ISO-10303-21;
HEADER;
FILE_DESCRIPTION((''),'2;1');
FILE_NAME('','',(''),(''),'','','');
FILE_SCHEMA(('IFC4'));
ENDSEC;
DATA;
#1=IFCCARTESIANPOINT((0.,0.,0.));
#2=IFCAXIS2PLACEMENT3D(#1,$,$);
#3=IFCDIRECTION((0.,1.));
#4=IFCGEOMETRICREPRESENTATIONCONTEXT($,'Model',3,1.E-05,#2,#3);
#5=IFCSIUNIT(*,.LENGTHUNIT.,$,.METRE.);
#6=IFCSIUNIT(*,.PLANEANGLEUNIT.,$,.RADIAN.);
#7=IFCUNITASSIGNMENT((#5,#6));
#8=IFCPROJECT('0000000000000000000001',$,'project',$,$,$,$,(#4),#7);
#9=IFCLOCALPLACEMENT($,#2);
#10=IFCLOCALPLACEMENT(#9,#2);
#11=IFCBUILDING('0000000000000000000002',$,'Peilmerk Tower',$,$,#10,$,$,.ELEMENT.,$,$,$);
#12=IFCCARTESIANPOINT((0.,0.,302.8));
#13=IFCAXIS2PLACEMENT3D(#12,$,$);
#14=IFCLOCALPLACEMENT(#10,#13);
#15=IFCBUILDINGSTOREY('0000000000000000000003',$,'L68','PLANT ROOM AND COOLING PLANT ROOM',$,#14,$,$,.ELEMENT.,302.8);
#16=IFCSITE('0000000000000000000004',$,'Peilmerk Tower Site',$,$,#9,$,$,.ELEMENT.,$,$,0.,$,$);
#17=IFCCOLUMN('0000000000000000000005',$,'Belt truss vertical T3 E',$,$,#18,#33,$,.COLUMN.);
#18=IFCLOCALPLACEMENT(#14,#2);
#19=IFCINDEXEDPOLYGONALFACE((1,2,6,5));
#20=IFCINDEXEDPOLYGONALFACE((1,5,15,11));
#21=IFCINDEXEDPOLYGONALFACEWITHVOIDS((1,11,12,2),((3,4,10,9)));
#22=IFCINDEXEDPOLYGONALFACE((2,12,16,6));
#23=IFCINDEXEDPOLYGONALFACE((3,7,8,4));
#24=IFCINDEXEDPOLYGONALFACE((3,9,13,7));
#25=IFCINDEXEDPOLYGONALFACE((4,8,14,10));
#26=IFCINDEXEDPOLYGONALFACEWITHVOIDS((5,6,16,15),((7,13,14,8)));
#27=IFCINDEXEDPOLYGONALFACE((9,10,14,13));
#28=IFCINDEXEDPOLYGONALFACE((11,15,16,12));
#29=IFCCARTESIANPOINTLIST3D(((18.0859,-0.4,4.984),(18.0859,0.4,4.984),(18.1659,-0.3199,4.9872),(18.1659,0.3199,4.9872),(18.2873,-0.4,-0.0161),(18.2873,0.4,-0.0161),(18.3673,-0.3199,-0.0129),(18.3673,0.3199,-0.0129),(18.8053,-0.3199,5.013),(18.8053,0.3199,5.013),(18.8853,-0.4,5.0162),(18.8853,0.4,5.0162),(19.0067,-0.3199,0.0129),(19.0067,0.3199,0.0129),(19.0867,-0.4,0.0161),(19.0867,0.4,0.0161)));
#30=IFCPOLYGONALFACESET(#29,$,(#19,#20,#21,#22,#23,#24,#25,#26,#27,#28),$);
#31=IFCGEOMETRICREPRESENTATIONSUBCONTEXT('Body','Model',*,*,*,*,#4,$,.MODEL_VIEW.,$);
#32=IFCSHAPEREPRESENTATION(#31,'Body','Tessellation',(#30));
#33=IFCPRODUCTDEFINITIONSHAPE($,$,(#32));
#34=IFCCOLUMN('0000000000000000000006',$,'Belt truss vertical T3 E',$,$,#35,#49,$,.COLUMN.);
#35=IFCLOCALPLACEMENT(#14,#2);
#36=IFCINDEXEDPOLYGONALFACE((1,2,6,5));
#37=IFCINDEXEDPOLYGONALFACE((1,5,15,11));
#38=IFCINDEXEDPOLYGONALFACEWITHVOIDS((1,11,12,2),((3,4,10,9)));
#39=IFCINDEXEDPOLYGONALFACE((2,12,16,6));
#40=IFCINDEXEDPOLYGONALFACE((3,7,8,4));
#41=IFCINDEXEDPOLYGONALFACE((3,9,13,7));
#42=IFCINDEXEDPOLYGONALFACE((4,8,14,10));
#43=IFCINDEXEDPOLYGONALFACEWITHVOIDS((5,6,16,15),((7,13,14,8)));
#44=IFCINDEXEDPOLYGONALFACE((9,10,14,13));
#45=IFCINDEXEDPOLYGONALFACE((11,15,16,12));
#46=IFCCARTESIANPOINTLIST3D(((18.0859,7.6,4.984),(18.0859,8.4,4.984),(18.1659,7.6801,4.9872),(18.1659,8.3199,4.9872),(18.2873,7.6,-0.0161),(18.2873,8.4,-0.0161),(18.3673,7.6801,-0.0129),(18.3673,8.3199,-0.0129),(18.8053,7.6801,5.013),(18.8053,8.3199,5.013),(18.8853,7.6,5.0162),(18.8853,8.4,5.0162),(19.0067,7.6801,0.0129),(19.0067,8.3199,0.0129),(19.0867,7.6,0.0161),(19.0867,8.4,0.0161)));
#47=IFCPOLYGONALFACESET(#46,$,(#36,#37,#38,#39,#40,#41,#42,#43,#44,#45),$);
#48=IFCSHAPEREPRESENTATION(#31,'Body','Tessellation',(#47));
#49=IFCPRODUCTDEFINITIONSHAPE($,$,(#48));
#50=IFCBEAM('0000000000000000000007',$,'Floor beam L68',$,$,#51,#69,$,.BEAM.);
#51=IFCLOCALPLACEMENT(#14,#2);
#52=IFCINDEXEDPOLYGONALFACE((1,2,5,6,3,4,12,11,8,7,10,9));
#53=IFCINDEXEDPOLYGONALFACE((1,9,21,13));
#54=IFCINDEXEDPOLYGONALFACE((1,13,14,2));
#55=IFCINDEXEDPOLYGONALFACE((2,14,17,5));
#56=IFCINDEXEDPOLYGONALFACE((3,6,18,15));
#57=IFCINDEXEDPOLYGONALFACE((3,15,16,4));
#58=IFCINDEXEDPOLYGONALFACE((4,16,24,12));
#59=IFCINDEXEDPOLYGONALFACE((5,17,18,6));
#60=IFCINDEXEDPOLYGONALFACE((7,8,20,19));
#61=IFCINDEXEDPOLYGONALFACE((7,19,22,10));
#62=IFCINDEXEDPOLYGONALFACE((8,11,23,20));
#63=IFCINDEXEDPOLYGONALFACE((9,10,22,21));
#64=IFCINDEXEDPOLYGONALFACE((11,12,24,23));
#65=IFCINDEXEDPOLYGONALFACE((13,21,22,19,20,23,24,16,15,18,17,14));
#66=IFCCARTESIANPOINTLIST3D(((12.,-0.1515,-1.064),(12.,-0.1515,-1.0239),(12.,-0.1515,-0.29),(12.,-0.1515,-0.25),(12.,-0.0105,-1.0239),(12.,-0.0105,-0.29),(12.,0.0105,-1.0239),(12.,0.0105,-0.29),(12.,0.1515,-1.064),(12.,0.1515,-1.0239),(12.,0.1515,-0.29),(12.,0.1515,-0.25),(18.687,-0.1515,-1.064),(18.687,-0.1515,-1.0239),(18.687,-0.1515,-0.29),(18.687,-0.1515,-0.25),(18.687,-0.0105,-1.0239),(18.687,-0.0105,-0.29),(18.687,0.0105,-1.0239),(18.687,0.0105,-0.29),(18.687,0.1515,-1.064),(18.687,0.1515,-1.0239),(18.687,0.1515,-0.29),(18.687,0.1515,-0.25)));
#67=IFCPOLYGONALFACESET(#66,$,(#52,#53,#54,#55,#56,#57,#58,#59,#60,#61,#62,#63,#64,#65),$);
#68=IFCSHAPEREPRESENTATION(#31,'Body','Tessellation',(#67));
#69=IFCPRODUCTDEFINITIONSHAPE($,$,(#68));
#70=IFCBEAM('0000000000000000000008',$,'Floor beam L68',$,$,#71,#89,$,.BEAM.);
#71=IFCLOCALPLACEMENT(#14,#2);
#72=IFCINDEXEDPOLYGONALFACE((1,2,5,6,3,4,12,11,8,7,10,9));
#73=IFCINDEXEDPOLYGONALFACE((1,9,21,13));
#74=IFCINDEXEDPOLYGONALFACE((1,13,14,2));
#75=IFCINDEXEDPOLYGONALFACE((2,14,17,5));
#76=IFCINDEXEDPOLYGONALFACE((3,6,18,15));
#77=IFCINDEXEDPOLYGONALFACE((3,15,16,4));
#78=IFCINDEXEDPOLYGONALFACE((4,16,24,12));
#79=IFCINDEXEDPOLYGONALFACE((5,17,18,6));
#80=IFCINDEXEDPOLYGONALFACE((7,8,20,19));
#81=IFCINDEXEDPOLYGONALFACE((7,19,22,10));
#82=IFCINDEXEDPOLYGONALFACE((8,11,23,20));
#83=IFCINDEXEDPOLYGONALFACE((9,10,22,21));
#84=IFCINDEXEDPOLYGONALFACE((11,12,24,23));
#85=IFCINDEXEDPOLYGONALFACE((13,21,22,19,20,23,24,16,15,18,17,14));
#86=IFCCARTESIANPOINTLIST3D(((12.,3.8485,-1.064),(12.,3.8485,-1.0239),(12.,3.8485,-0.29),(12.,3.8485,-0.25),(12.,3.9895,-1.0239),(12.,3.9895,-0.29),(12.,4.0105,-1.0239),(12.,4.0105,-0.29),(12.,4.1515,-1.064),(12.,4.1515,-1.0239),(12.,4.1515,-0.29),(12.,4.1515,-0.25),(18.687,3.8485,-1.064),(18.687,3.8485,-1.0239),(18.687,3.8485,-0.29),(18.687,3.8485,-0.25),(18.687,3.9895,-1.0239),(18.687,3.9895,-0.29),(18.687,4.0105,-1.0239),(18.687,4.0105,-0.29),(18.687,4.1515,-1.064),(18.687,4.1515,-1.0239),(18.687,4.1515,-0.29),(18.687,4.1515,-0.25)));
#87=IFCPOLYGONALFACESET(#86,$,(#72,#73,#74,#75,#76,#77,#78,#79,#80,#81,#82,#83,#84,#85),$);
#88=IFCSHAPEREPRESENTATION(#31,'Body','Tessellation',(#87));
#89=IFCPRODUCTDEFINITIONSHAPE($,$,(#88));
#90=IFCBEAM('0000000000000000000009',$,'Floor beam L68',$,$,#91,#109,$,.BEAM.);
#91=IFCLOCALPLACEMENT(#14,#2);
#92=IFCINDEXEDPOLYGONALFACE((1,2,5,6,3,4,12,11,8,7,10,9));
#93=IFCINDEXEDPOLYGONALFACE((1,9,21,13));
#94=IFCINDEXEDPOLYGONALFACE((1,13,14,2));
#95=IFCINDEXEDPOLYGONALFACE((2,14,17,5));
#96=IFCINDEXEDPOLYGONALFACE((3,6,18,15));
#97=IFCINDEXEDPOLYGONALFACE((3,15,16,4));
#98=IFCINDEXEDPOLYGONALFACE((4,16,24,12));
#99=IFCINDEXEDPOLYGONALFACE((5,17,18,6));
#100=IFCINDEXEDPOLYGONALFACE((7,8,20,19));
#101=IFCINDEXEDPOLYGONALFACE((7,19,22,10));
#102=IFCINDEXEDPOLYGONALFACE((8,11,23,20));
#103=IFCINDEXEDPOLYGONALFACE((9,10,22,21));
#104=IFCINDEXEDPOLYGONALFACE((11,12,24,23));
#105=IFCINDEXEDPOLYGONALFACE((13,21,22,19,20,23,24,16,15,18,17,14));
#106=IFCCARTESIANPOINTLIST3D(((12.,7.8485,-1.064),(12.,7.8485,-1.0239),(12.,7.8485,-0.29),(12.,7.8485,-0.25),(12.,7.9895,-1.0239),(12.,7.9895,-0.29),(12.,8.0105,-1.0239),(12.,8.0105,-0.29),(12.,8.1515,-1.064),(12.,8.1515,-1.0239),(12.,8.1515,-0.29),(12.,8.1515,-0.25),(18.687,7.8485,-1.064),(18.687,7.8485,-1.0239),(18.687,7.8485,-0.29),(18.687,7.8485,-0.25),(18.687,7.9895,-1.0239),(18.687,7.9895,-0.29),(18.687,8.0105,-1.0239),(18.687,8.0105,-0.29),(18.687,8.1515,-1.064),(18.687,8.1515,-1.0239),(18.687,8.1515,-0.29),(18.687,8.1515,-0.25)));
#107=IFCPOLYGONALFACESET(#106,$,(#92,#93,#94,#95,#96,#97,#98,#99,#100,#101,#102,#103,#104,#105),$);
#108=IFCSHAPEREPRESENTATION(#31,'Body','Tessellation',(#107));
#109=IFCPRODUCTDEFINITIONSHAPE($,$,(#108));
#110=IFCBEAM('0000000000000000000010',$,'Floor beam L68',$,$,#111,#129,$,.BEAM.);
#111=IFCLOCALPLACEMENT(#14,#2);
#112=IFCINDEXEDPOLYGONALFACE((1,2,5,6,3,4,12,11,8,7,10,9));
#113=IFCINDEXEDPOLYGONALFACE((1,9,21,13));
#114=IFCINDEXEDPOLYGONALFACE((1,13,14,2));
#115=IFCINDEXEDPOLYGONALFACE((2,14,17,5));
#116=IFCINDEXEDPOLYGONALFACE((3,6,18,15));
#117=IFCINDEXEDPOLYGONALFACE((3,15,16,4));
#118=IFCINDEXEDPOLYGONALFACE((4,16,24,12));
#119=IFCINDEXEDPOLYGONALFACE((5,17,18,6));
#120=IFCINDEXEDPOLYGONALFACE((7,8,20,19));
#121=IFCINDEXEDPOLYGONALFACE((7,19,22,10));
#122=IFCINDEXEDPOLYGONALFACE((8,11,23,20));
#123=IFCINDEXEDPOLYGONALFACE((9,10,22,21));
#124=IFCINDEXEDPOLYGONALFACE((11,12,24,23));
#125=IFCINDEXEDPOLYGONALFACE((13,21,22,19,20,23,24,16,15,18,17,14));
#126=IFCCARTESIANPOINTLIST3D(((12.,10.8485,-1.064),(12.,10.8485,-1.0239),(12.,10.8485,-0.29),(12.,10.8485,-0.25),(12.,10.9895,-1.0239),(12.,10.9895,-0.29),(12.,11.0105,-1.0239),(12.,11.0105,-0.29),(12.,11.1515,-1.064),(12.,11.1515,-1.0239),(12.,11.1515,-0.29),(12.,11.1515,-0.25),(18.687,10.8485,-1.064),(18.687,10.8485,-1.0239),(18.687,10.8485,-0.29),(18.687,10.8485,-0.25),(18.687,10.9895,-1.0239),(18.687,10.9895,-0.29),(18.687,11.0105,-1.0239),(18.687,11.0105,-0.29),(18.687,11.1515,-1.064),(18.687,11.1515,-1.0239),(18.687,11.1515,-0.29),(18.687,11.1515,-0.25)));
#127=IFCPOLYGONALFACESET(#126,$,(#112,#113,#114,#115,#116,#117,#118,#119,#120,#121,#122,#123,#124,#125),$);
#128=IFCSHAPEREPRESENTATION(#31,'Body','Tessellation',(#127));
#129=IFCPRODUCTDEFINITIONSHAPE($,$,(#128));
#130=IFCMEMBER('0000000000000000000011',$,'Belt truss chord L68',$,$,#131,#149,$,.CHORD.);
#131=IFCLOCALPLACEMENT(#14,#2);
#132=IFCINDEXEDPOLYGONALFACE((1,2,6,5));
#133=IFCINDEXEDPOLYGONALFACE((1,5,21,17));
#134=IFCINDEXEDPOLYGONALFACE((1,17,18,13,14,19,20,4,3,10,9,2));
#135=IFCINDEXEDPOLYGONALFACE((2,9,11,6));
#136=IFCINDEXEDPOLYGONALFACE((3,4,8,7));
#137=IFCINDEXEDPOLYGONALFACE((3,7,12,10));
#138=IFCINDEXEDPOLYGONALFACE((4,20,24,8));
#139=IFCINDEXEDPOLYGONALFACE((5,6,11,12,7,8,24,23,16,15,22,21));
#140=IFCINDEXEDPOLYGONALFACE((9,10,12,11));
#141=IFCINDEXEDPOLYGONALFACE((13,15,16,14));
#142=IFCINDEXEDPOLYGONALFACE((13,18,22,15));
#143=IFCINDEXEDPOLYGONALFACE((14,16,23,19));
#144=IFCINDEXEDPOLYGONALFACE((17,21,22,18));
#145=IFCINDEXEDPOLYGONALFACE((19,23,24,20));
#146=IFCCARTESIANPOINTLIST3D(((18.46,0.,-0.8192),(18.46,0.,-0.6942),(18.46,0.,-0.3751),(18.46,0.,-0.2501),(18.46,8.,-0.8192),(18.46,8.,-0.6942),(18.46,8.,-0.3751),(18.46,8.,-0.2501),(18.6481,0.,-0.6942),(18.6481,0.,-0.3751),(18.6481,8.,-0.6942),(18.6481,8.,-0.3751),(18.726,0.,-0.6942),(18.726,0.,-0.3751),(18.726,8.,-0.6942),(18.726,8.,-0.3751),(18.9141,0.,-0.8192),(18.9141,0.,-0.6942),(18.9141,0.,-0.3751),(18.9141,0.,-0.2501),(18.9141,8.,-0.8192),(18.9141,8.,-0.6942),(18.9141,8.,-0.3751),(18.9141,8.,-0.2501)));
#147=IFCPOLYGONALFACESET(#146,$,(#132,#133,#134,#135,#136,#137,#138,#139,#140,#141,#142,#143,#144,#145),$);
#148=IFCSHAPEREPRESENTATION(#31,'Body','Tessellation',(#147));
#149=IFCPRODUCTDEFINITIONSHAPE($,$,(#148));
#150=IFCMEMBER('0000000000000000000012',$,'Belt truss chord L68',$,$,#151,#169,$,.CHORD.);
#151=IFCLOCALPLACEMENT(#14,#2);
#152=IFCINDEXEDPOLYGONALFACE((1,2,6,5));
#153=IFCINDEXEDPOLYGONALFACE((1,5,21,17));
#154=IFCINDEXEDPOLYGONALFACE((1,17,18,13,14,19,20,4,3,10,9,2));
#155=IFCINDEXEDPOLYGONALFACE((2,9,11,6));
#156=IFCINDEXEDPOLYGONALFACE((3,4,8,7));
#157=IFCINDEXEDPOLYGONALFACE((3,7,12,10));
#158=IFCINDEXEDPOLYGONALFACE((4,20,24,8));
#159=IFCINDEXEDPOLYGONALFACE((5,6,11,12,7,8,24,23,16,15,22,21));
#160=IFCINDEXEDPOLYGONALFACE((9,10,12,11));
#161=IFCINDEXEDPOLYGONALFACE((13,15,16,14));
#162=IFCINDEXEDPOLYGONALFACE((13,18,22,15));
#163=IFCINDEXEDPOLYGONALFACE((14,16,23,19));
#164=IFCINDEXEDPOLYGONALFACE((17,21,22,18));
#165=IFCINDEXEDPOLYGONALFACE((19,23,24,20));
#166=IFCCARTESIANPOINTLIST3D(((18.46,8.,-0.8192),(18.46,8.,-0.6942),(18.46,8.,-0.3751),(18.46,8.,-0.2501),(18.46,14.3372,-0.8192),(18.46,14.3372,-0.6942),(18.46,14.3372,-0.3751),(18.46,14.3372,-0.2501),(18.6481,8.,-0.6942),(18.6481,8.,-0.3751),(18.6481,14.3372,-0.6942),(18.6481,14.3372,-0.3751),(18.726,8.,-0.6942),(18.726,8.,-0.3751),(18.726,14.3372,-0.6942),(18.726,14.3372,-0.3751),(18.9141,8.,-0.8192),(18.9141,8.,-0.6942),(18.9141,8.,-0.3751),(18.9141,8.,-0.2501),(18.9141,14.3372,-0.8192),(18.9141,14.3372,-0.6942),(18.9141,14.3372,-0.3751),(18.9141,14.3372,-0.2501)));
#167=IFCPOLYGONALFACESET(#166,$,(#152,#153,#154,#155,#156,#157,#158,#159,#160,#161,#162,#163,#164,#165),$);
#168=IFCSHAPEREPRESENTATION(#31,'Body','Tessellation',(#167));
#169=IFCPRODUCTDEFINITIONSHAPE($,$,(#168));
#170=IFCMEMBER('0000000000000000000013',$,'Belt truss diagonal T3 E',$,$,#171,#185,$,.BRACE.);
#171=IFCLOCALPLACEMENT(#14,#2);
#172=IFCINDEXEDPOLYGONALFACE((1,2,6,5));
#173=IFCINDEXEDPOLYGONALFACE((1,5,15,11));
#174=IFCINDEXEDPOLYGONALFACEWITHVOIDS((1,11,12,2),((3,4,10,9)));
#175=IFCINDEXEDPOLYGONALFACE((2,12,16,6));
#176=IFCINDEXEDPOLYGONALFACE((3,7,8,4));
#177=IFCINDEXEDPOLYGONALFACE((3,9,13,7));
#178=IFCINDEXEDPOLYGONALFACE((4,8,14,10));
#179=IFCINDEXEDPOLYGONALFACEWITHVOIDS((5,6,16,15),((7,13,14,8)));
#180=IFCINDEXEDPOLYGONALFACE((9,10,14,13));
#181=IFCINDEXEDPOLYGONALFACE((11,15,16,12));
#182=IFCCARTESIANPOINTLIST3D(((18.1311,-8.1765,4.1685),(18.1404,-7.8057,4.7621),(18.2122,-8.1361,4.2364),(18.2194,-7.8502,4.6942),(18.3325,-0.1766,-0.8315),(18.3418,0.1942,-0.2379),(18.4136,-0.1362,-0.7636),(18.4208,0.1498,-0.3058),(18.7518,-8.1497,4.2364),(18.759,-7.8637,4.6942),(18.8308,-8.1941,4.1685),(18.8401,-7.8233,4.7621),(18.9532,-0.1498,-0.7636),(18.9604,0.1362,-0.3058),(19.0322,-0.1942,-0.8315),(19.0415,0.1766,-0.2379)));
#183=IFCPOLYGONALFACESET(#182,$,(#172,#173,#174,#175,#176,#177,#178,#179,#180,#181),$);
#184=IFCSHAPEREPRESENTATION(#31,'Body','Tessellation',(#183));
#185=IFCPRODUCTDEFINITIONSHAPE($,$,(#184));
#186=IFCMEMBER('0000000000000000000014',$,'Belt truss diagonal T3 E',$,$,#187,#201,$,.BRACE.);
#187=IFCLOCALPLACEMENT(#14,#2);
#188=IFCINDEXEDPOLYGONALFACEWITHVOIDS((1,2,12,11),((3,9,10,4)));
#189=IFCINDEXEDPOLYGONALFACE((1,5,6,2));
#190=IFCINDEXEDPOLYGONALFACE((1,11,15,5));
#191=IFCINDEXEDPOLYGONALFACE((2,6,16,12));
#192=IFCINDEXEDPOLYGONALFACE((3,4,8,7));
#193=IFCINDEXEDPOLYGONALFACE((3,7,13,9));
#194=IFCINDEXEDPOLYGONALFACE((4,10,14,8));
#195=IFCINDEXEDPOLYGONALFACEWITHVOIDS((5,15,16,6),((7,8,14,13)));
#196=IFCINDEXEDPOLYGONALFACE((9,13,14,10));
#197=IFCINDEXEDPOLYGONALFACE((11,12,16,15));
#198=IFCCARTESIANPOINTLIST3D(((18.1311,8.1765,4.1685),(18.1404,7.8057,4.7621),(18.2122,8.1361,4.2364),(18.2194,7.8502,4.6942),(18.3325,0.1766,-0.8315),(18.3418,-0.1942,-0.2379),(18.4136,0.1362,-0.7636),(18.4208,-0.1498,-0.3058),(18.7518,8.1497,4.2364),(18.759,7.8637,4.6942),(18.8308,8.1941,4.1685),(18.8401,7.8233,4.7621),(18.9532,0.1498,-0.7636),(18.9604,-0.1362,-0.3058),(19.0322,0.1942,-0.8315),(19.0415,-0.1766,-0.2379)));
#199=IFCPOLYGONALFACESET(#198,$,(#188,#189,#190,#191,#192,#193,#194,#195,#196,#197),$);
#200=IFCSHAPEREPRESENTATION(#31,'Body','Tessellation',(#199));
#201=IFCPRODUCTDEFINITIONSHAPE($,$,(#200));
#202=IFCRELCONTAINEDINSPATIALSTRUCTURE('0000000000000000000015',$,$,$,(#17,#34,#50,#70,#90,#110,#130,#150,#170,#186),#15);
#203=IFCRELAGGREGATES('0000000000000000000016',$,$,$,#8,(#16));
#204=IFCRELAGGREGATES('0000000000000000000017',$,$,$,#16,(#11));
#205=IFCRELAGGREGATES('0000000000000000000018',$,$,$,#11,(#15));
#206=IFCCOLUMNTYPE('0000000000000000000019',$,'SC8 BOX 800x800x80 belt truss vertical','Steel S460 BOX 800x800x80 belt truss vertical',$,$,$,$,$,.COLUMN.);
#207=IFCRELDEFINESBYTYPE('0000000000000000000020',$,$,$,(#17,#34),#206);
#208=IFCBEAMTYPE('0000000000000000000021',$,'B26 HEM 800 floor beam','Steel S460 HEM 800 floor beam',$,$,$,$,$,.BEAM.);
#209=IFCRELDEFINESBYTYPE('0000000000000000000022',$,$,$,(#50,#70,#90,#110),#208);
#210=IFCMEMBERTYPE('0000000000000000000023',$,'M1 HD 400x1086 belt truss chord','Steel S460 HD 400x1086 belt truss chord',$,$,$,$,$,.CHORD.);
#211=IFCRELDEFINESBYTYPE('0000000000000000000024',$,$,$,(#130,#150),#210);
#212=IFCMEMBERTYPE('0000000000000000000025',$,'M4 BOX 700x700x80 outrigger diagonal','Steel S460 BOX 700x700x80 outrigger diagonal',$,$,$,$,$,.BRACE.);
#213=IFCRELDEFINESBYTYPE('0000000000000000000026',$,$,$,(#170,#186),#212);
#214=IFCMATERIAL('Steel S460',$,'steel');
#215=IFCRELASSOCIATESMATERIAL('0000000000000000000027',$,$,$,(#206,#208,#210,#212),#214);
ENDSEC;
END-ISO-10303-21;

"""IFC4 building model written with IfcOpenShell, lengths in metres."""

from ifc_helpers import new_model, si_unit, direction, frame, origin, origin_2d, place, context, subcontext, project, spatial, hollow_rectangle, i_section, extrude, material, material_profile, profile_set, type_object, element, save


model = new_model("IFC4")

# Units and contexts
model_context = context("Model", 3, precision=1e-05, world=origin(), true_north=direction((0.0, 1.0)))
body_context = subcontext(model_context, "Body", "Model", "MODEL_VIEW")
ifc_project = project(units=[si_unit("LENGTHUNIT", "METRE"), si_unit("PLANEANGLEUNIT", "RADIAN")], contexts=[model_context])

# Site, building, storey
site_placement = place(None, origin())
site = spatial("IfcSite", under=ifc_project, at=site_placement, Name="Peilmerk Tower Site", CompositionType="ELEMENT", RefElevation=0.0)
building_placement = place(site_placement, origin())
building = spatial("IfcBuilding", under=site, at=building_placement, Name="Peilmerk Tower", CompositionType="ELEMENT")
storey_placement = place(building_placement, frame((0.0, 0.0, 302.8)))
storey = spatial("IfcBuildingStorey", under=building, at=storey_placement, Name="L68", Description="PLANT ROOM AND COOLING PLANT ROOM", CompositionType="ELEMENT", Elevation=302.8)

# Columns
ifc_material_1 = material(Name="Steel S460", Category="steel")
ifc_material_profile_1 = material_profile(ifc_material_1, hollow_rectangle(XDim=0.8, YDim=0.8, WallThickness=0.0801, at=origin_2d()), Name="BOX 800x800x80")
ifc_profile_set_1 = profile_set([ifc_material_profile_1], Name="Steel S460")
column_type = type_object("IfcColumnType", Name="SC8 BOX 800x800x80 belt truss vertical", Description="Steel S460 BOX 800x800x80 belt truss vertical", PredefinedType="COLUMN", material=ifc_profile_set_1)
for number, where, z_axis, x_axis, name in (
    (1, (18.687, 0.0, 0.0), (-0.040251, 0.0, 0.99919), (0.0, -1.0, 0.0), "Belt truss vertical T3 E"),
    (2, (18.687, 8.0, 0.0), (-0.040251, 0.0, 0.99919), (0.0, -1.0, 0.0), "Belt truss vertical T3 E"),
):
    element("IfcColumn", number, at=place(storey_placement, frame(where, z_axis=z_axis, x_axis=x_axis)), inside=storey, type_object=column_type, Name=name, PredefinedType="COLUMN", context=body_context, shape_type="SweptSolid", body=[
        extrude(hollow_rectangle(XDim=0.8, YDim=0.8, WallThickness=0.0801, at=origin_2d()), origin(), (0.0, 0.0, 1.0), 5.0042),
    ])

# Beams
ifc_material_profile_2 = material_profile(ifc_material_1, i_section(OverallWidth=0.303, OverallDepth=0.814, WebThickness=0.021, FlangeThickness=0.04, at=origin_2d()), Name="HEM 800")
ifc_profile_set_2 = profile_set([ifc_material_profile_2], Name="Steel S460")
beam_type = type_object("IfcBeamType", Name="B26 HEM 800 floor beam", Description="Steel S460 HEM 800 floor beam", PredefinedType="BEAM", material=ifc_profile_set_2)
for number, where, z_axis, x_axis, name in (
    (3, (12.0, 0.0, -0.657), (1.0, 0.0, 0.0), (0.0, 1.0, 0.0), "Floor beam L68"),
    (4, (12.0, 4.0, -0.657), (1.0, 0.0, 0.0), (0.0, 1.0, 0.0), "Floor beam L68"),
    (5, (12.0, 8.0, -0.657), (1.0, 0.0, 0.0), (0.0, 1.0, 0.0), "Floor beam L68"),
    (6, (12.0, 11.0, -0.657), (1.0, 0.0, 0.0), (0.0, 1.0, 0.0), "Floor beam L68"),
):
    element("IfcBeam", number, at=place(storey_placement, frame(where, z_axis=z_axis, x_axis=x_axis)), inside=storey, type_object=beam_type, Name=name, PredefinedType="BEAM", context=body_context, shape_type="SweptSolid", body=[
        extrude(i_section(OverallWidth=0.303, OverallDepth=0.814, WebThickness=0.021, FlangeThickness=0.04, at=origin_2d()), origin(), (0.0, 0.0, 1.0), 6.687),
    ])

# Members
ifc_material_profile_3 = material_profile(ifc_material_1, i_section(OverallWidth=0.4541, OverallDepth=0.5691, WebThickness=0.0779, FlangeThickness=0.125, at=origin_2d()), Name="HD 400x1086")
ifc_profile_set_3 = profile_set([ifc_material_profile_3], Name="Steel S460")
member_type_1 = type_object("IfcMemberType", Name="M1 HD 400x1086 belt truss chord", Description="Steel S460 HD 400x1086 belt truss chord", PredefinedType="CHORD", material=ifc_profile_set_3)
member_1_placement = place(storey_placement, frame((18.687, 0.0, -0.5347), z_axis=(0.0, 1.0, 0.0), x_axis=(-1.0, 0.0, 0.0)))
element("IfcMember", 7, at=member_1_placement, inside=storey, type_object=member_type_1, Name="Belt truss chord L68", PredefinedType="CHORD", context=body_context, shape_type="SweptSolid", body=[
    extrude(i_section(OverallWidth=0.4541, OverallDepth=0.5691, WebThickness=0.0779, FlangeThickness=0.125, at=origin_2d()), origin(), (0.0, 0.0, 1.0), 8.0),
])
member_2_placement = place(storey_placement, frame((18.687, 8.0, -0.5347), z_axis=(0.0, 1.0, 0.0), x_axis=(-1.0, 0.0, 0.0)))
element("IfcMember", 8, at=member_2_placement, inside=storey, type_object=member_type_1, Name="Belt truss chord L68", PredefinedType="CHORD", context=body_context, shape_type="SweptSolid", body=[
    extrude(i_section(OverallWidth=0.4541, OverallDepth=0.5691, WebThickness=0.0779, FlangeThickness=0.125, at=origin_2d()), origin(), (0.0, 0.0, 1.0), 6.3372),
])
ifc_material_profile_4 = material_profile(ifc_material_1, hollow_rectangle(XDim=0.7, YDim=0.7, WallThickness=0.0801, at=origin_2d()), Name="BOX 700x700x80")
ifc_profile_set_4 = profile_set([ifc_material_profile_4], Name="Steel S460")
member_type_2 = type_object("IfcMemberType", Name="M4 BOX 700x700x80 outrigger diagonal", Description="Steel S460 BOX 700x700x80 outrigger diagonal", PredefinedType="BRACE", material=ifc_profile_set_4)
for number, where, z_axis, x_axis, name in (
    (9, (18.687, 0.0, -0.5347), (-0.021345, -0.847805, 0.529878), (0.999683, -0.025169, 0.0), "Belt truss diagonal T3 E"),
    (10, (18.687, 0.0, -0.5347), (-0.021345, 0.847805, 0.529878), (-0.999683, -0.025169, 0.0), "Belt truss diagonal T3 E"),
):
    element("IfcMember", number, at=place(storey_placement, frame(where, z_axis=z_axis, x_axis=x_axis)), inside=storey, type_object=member_type_2, Name=name, PredefinedType="BRACE", context=body_context, shape_type="SweptSolid", body=[
        extrude(hollow_rectangle(XDim=0.7, YDim=0.7, WallThickness=0.0801, at=origin_2d()), origin(), (0.0, 0.0, 1.0), 9.436),
    ])

save(model, "model.ifc")
